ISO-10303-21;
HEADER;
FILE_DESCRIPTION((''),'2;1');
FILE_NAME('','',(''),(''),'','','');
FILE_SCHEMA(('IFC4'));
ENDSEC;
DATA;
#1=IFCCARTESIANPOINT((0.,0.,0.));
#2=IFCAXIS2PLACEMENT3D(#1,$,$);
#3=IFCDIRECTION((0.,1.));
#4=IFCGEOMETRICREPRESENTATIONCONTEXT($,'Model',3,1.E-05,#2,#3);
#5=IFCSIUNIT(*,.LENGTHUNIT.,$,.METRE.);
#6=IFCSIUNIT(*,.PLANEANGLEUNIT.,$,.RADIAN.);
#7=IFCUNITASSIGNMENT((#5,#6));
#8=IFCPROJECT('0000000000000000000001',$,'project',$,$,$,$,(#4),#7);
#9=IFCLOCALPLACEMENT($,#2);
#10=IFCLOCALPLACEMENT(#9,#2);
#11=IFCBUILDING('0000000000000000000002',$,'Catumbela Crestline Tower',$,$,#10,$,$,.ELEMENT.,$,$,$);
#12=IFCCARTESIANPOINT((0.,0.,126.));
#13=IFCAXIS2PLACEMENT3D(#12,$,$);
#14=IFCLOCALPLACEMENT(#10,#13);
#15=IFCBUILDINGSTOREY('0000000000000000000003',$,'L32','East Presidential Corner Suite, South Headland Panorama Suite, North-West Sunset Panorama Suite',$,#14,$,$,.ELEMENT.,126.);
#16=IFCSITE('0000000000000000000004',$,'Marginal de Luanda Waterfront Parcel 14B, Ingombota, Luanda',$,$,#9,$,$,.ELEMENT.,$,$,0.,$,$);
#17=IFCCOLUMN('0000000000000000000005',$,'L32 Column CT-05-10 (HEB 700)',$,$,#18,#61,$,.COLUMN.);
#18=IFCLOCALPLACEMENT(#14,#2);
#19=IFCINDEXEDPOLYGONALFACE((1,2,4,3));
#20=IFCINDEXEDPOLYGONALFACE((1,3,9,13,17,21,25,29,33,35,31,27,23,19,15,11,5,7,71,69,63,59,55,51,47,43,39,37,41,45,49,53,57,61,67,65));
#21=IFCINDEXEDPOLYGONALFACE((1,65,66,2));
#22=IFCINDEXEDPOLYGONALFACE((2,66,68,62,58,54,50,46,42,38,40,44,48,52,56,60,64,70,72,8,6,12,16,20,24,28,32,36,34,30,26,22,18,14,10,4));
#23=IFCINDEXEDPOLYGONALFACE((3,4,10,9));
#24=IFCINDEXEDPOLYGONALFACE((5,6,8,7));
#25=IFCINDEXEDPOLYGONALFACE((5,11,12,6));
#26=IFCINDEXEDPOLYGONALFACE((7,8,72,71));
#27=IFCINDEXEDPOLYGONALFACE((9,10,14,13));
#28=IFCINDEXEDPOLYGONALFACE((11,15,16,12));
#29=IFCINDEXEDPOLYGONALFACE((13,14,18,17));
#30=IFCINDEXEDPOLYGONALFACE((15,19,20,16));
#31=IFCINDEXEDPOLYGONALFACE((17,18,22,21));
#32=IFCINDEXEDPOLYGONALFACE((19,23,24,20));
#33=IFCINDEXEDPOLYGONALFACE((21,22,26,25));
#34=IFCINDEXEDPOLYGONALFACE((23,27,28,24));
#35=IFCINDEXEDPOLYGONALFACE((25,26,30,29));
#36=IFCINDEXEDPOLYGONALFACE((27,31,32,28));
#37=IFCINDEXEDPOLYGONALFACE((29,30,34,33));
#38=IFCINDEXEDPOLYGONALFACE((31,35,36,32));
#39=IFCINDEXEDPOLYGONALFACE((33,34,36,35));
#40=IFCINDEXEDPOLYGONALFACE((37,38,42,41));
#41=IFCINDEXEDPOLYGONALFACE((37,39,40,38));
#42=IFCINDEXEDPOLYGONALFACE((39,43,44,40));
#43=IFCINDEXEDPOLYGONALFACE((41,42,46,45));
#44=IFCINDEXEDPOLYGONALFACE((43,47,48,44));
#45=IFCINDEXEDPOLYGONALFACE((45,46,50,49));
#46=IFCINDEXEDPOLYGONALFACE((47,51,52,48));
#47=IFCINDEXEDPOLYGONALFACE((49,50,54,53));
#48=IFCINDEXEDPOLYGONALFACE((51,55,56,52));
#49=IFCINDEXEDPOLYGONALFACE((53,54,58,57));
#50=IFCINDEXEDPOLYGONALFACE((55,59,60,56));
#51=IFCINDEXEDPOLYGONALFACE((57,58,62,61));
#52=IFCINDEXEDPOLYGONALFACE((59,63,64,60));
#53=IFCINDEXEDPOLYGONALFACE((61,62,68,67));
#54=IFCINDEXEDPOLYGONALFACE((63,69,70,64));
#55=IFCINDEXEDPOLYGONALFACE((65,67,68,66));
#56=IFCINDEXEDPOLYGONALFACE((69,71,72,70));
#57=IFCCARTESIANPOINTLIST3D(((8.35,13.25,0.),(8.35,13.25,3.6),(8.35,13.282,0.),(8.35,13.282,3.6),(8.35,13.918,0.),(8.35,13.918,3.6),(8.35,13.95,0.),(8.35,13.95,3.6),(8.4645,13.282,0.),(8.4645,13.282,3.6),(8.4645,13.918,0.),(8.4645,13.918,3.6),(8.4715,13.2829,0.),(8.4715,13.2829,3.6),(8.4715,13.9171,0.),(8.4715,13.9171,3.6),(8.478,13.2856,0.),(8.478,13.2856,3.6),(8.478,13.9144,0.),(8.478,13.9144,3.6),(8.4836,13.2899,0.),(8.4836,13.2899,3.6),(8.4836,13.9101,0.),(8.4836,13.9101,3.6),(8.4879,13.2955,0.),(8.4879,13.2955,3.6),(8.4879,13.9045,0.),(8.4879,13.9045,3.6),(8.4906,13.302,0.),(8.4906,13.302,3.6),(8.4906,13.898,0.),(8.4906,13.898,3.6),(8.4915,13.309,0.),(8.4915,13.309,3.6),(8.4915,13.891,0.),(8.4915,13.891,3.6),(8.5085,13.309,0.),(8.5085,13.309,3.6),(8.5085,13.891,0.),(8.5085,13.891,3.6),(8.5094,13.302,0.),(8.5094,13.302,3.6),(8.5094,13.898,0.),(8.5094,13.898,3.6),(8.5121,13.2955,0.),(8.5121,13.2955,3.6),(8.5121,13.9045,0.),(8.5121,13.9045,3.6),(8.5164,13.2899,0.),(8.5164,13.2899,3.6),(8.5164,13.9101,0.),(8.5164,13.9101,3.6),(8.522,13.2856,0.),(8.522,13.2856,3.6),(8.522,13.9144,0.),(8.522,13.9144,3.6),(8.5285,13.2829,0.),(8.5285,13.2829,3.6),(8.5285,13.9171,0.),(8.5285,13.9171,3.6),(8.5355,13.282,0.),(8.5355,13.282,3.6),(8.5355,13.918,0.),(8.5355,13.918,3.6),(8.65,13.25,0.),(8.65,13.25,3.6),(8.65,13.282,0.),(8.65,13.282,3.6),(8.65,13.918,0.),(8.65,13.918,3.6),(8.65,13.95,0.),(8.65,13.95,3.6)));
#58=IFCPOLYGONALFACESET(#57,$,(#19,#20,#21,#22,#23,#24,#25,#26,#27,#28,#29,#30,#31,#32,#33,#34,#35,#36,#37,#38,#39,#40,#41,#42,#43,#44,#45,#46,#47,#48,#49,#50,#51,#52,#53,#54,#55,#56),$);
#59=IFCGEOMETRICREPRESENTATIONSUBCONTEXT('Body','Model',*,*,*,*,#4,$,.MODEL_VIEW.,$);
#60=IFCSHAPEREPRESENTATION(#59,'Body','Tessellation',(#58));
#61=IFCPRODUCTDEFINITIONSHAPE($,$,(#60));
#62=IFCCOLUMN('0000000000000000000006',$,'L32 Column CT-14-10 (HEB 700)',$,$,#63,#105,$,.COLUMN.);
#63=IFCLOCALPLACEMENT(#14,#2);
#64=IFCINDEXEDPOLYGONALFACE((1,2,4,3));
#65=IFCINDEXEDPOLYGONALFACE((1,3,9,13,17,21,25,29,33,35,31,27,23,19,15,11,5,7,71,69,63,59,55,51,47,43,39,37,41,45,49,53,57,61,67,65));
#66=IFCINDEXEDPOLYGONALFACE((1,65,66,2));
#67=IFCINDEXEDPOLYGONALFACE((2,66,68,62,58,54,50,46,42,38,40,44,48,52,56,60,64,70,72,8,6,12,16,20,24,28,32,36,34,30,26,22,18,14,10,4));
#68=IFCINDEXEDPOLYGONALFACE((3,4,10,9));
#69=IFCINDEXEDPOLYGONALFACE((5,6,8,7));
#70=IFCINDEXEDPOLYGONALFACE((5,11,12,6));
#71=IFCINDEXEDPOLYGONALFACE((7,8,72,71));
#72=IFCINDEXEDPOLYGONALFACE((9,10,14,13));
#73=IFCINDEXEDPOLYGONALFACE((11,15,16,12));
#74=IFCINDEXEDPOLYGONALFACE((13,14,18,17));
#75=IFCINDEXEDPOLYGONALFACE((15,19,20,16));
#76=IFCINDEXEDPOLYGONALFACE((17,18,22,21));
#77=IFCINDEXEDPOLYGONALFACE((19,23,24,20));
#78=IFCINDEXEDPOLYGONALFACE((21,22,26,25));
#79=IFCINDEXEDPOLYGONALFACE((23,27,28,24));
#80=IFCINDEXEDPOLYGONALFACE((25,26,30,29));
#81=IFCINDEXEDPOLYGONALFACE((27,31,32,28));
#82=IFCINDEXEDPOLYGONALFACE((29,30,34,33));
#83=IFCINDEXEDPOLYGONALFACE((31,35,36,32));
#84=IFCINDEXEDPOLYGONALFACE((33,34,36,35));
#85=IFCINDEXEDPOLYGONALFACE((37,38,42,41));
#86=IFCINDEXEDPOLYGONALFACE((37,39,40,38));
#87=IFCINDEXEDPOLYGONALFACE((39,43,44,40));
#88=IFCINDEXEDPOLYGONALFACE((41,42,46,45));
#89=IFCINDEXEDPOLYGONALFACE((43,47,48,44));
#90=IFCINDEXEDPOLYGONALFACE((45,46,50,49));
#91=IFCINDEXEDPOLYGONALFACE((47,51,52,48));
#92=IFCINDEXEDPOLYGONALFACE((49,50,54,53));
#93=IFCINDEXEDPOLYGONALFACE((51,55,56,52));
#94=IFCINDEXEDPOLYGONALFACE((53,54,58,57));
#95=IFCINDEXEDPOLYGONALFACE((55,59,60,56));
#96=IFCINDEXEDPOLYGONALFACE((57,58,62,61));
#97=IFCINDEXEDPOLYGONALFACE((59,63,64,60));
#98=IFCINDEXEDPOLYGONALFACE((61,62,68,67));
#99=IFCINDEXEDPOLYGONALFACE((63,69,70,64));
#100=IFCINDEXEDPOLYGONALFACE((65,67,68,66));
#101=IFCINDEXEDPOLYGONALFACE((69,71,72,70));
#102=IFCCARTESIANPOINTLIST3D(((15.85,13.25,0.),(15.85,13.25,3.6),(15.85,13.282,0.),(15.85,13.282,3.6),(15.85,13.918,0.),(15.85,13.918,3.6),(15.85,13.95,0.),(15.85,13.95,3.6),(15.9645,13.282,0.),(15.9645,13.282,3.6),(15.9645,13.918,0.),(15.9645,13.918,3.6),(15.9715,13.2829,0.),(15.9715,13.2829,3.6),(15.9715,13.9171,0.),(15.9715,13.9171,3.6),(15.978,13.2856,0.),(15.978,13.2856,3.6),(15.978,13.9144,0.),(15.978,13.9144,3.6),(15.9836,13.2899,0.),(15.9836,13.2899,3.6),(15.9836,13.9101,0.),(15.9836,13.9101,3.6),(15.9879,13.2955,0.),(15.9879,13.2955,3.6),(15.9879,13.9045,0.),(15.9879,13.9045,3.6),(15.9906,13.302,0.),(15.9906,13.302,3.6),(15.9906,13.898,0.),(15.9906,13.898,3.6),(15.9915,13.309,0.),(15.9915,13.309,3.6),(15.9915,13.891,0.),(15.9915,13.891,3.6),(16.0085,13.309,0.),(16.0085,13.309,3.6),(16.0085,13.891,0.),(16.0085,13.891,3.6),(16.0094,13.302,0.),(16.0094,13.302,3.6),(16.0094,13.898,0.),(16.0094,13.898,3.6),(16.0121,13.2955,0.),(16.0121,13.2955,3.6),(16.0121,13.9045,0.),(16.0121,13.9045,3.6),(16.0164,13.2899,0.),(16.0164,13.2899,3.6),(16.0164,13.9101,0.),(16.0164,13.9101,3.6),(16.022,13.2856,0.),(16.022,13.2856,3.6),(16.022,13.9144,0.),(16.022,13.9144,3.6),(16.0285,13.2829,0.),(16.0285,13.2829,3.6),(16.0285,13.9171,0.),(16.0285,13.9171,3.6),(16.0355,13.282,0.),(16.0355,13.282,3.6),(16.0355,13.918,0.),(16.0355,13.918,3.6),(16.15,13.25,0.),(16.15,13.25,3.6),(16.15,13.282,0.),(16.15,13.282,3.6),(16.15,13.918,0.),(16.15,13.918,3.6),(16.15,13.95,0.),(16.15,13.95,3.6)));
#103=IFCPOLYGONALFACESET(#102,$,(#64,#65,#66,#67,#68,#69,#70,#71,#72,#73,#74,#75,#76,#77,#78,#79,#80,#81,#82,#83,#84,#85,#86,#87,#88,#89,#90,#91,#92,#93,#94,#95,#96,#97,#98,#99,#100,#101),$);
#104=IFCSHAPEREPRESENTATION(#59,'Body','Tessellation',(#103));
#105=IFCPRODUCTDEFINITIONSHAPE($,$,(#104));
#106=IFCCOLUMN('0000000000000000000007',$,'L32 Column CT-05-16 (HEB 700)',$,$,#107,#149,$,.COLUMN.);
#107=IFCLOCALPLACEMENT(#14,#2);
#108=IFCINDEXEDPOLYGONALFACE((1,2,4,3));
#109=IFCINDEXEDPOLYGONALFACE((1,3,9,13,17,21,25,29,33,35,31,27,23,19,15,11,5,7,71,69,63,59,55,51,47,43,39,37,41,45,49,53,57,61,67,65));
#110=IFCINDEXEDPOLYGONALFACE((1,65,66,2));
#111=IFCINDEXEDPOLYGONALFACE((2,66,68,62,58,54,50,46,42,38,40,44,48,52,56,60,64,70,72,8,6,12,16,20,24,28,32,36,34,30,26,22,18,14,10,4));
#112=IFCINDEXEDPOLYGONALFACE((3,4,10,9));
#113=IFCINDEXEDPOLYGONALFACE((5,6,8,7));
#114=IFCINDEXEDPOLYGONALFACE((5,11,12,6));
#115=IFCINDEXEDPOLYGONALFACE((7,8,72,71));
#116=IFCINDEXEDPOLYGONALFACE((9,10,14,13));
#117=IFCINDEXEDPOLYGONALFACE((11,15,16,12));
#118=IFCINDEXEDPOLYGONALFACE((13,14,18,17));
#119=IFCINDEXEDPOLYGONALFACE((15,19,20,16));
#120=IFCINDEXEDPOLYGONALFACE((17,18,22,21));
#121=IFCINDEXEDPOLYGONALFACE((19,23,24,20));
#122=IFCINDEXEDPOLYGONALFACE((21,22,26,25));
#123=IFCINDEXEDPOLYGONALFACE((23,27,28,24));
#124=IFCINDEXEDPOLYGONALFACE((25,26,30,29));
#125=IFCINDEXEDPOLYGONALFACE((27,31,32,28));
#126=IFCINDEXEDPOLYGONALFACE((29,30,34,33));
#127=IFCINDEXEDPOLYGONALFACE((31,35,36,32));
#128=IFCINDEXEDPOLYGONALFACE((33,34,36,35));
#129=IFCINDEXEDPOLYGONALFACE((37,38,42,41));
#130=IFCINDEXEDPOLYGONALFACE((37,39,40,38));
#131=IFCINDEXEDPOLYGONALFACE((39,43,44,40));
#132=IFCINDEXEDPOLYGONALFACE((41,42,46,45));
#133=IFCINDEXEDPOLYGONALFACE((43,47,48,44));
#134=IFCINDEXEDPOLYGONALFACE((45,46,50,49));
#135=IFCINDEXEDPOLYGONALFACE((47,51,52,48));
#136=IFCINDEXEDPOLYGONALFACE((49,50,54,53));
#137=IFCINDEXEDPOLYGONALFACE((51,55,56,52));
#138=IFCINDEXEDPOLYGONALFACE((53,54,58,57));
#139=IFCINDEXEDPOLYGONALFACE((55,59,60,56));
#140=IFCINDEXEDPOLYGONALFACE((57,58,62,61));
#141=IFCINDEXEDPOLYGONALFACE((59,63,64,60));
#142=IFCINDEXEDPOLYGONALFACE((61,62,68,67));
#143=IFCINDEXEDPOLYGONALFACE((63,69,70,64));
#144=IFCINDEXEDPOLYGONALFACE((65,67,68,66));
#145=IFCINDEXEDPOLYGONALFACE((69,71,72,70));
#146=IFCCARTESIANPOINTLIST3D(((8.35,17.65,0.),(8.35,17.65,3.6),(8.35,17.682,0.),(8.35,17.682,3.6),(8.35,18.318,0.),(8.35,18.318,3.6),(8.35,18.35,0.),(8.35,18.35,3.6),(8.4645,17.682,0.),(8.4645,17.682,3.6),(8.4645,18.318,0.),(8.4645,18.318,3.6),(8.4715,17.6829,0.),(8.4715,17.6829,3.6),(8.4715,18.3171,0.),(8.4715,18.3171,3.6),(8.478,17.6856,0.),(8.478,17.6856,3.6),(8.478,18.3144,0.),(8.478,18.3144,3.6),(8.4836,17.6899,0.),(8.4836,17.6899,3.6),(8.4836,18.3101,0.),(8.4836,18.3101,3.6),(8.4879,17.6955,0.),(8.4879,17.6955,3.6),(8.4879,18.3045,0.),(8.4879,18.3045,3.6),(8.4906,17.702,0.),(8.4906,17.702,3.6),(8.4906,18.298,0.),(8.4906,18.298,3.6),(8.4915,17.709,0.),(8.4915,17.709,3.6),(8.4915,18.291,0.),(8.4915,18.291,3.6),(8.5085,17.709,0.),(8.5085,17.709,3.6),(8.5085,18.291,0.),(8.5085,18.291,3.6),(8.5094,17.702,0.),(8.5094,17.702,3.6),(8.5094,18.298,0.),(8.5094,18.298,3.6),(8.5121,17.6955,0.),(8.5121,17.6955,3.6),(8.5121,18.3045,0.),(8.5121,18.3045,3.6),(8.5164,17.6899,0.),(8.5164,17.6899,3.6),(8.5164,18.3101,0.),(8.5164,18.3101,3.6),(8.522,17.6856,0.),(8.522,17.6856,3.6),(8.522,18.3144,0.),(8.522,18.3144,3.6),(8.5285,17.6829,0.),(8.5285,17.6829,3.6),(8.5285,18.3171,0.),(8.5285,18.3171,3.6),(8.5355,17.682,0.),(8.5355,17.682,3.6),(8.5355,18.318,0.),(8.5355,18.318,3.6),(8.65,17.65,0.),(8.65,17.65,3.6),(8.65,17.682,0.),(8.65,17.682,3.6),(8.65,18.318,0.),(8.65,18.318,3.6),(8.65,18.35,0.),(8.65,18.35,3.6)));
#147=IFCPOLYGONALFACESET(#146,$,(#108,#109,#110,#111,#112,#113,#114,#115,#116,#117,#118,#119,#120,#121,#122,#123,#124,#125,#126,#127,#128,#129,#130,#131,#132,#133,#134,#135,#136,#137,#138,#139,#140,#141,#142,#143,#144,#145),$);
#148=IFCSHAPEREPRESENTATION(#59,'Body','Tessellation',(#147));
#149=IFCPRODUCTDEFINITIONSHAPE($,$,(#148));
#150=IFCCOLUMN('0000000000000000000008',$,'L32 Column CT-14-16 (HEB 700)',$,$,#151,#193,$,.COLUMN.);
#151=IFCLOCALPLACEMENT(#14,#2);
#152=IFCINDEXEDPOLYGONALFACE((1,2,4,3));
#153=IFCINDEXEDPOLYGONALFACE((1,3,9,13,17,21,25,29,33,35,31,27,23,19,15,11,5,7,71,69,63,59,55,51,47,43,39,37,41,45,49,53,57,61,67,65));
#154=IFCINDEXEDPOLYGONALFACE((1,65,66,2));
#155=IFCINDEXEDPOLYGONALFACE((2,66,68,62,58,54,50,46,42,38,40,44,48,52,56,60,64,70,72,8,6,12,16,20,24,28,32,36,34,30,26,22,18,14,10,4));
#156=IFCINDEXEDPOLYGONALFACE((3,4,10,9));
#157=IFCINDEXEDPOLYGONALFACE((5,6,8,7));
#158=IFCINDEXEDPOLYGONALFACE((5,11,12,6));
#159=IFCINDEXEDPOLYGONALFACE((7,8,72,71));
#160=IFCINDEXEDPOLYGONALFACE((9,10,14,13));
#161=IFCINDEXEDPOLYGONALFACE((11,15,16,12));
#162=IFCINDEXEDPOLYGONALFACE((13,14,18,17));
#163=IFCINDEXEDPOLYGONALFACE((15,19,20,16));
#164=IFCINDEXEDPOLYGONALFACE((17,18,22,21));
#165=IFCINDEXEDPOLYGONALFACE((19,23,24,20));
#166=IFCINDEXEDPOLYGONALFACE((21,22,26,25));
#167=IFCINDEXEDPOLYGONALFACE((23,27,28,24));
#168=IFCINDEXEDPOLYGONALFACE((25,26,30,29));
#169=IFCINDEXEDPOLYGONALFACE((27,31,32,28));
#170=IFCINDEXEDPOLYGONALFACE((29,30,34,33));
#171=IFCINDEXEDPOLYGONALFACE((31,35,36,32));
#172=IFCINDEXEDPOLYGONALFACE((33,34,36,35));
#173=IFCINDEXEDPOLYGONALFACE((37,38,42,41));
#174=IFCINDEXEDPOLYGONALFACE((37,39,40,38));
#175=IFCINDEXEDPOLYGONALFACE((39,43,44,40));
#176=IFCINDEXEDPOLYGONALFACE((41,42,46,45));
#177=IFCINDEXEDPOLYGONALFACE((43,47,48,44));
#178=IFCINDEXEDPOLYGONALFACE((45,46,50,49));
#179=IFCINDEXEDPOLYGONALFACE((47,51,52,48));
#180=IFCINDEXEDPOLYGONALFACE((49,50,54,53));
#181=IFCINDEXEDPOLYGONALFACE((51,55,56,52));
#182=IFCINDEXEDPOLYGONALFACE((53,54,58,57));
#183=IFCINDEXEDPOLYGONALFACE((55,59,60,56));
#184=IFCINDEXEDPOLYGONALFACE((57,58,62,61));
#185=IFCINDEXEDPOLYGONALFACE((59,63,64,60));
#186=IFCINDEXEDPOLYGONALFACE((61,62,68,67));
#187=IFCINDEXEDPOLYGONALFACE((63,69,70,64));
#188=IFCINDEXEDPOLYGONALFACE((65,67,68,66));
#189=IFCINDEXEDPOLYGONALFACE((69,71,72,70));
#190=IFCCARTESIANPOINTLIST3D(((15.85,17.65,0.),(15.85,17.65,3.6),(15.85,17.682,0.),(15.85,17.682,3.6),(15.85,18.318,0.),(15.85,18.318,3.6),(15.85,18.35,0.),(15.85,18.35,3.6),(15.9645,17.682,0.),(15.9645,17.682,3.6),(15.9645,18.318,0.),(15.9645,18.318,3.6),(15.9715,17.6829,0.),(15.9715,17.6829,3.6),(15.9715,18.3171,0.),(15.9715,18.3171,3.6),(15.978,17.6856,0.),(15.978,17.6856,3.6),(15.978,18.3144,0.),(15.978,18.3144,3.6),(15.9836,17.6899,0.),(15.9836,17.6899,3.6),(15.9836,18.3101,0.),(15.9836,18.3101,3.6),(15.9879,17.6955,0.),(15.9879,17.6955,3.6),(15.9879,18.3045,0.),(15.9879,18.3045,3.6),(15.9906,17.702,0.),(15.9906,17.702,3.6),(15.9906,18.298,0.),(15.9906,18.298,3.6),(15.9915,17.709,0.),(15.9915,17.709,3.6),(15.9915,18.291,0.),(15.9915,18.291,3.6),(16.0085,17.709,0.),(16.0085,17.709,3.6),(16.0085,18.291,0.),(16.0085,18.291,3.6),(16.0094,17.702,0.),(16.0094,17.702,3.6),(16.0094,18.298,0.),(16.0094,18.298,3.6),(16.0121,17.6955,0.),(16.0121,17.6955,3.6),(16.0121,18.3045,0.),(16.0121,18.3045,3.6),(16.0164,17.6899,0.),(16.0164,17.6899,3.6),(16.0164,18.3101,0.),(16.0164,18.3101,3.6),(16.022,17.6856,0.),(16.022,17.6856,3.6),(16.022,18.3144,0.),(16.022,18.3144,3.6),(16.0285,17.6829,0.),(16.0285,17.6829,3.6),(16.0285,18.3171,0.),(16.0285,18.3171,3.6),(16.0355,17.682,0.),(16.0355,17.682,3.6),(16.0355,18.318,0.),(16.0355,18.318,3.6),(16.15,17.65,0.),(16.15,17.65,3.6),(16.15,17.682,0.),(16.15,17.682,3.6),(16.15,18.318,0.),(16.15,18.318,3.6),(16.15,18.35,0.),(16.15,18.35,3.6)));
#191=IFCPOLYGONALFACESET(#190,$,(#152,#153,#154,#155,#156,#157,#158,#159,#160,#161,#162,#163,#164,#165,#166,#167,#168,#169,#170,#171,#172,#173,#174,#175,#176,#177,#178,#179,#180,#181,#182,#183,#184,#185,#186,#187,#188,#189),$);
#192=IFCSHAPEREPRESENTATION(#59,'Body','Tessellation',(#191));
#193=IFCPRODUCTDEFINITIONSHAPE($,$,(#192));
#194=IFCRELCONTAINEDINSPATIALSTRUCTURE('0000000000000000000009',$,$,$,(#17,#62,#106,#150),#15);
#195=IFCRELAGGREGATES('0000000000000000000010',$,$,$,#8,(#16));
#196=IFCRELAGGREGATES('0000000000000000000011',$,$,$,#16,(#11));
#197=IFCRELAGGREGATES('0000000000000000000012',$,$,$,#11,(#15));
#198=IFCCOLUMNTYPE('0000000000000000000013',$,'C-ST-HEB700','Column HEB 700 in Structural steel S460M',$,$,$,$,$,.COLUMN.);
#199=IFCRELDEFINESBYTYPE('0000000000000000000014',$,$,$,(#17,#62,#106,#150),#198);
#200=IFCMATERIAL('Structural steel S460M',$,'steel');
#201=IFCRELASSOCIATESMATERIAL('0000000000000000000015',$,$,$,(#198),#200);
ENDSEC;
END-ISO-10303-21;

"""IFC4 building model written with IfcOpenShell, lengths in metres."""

from ifc_helpers import new_model, si_unit, direction, frame, origin, origin_2d, place, context, subcontext, project, spatial, i_section, extrude, material, material_profile, profile_set, type_object, element, save


model = new_model("IFC4")

# Units and contexts
model_context = context("Model", 3, precision=1e-05, world=origin(), true_north=direction((0.0, 1.0)))
body_context = subcontext(model_context, "Body", "Model", "MODEL_VIEW")
ifc_project = project(units=[si_unit("LENGTHUNIT", "METRE"), si_unit("PLANEANGLEUNIT", "RADIAN")], contexts=[model_context])

# Site, building, storey
site_placement = place(None, origin())
site = spatial("IfcSite", under=ifc_project, at=site_placement, Name="Marginal de Luanda Waterfront Parcel 14B, Ingombota, Luanda", CompositionType="ELEMENT", RefElevation=0.0)
building_placement = place(site_placement, origin())
building = spatial("IfcBuilding", under=site, at=building_placement, Name="Catumbela Crestline Tower", CompositionType="ELEMENT")
storey_placement = place(building_placement, frame((0.0, 0.0, 126.0)))
storey = spatial("IfcBuildingStorey", under=building, at=storey_placement, Name="L32", Description="East Presidential Corner Suite, South Headland Panorama Suite, North-West Sunset Panorama Suite", CompositionType="ELEMENT", Elevation=126.0)

# Columns
ifc_material_1 = material(Name="Structural steel S460M", Category="steel")
ifc_material_profile_1 = material_profile(ifc_material_1, i_section(OverallWidth=0.3, OverallDepth=0.7, WebThickness=0.017, FlangeThickness=0.032, FilletRadius=0.027, at=origin_2d()), Name="HEB 700")
ifc_profile_set_1 = profile_set([ifc_material_profile_1], Name="Structural steel S460M")
column_type = type_object("IfcColumnType", Name="C-ST-HEB700", Description="Column HEB 700 in Structural steel S460M", PredefinedType="COLUMN", material=ifc_profile_set_1)
for number, where, z_axis, x_axis, name in (
    (1, (8.5, 13.6, 0.0), (0.0, 0.0, 1.0), (1.0, 0.0, 0.0), "L32 Column CT-05-10 (HEB 700)"),
    (2, (16.0, 13.6, 0.0), (0.0, 0.0, 1.0), (1.0, 0.0, 0.0), "L32 Column CT-14-10 (HEB 700)"),
    (3, (8.5, 18.0, 0.0), (0.0, 0.0, 1.0), (1.0, 0.0, 0.0), "L32 Column CT-05-16 (HEB 700)"),
    (4, (16.0, 18.0, 0.0), (0.0, 0.0, 1.0), (1.0, 0.0, 0.0), "L32 Column CT-14-16 (HEB 700)"),
):
    element("IfcColumn", number, at=place(storey_placement, frame(where, z_axis=z_axis, x_axis=x_axis)), inside=storey, type_object=column_type, Name=name, PredefinedType="COLUMN", context=body_context, shape_type="SweptSolid", body=[
        extrude(i_section(OverallWidth=0.3, OverallDepth=0.7, WebThickness=0.017, FlangeThickness=0.032, FilletRadius=0.027, at=origin_2d()), origin(), (0.0, 0.0, 1.0), 3.6),
    ])

save(model, "model.ifc")
